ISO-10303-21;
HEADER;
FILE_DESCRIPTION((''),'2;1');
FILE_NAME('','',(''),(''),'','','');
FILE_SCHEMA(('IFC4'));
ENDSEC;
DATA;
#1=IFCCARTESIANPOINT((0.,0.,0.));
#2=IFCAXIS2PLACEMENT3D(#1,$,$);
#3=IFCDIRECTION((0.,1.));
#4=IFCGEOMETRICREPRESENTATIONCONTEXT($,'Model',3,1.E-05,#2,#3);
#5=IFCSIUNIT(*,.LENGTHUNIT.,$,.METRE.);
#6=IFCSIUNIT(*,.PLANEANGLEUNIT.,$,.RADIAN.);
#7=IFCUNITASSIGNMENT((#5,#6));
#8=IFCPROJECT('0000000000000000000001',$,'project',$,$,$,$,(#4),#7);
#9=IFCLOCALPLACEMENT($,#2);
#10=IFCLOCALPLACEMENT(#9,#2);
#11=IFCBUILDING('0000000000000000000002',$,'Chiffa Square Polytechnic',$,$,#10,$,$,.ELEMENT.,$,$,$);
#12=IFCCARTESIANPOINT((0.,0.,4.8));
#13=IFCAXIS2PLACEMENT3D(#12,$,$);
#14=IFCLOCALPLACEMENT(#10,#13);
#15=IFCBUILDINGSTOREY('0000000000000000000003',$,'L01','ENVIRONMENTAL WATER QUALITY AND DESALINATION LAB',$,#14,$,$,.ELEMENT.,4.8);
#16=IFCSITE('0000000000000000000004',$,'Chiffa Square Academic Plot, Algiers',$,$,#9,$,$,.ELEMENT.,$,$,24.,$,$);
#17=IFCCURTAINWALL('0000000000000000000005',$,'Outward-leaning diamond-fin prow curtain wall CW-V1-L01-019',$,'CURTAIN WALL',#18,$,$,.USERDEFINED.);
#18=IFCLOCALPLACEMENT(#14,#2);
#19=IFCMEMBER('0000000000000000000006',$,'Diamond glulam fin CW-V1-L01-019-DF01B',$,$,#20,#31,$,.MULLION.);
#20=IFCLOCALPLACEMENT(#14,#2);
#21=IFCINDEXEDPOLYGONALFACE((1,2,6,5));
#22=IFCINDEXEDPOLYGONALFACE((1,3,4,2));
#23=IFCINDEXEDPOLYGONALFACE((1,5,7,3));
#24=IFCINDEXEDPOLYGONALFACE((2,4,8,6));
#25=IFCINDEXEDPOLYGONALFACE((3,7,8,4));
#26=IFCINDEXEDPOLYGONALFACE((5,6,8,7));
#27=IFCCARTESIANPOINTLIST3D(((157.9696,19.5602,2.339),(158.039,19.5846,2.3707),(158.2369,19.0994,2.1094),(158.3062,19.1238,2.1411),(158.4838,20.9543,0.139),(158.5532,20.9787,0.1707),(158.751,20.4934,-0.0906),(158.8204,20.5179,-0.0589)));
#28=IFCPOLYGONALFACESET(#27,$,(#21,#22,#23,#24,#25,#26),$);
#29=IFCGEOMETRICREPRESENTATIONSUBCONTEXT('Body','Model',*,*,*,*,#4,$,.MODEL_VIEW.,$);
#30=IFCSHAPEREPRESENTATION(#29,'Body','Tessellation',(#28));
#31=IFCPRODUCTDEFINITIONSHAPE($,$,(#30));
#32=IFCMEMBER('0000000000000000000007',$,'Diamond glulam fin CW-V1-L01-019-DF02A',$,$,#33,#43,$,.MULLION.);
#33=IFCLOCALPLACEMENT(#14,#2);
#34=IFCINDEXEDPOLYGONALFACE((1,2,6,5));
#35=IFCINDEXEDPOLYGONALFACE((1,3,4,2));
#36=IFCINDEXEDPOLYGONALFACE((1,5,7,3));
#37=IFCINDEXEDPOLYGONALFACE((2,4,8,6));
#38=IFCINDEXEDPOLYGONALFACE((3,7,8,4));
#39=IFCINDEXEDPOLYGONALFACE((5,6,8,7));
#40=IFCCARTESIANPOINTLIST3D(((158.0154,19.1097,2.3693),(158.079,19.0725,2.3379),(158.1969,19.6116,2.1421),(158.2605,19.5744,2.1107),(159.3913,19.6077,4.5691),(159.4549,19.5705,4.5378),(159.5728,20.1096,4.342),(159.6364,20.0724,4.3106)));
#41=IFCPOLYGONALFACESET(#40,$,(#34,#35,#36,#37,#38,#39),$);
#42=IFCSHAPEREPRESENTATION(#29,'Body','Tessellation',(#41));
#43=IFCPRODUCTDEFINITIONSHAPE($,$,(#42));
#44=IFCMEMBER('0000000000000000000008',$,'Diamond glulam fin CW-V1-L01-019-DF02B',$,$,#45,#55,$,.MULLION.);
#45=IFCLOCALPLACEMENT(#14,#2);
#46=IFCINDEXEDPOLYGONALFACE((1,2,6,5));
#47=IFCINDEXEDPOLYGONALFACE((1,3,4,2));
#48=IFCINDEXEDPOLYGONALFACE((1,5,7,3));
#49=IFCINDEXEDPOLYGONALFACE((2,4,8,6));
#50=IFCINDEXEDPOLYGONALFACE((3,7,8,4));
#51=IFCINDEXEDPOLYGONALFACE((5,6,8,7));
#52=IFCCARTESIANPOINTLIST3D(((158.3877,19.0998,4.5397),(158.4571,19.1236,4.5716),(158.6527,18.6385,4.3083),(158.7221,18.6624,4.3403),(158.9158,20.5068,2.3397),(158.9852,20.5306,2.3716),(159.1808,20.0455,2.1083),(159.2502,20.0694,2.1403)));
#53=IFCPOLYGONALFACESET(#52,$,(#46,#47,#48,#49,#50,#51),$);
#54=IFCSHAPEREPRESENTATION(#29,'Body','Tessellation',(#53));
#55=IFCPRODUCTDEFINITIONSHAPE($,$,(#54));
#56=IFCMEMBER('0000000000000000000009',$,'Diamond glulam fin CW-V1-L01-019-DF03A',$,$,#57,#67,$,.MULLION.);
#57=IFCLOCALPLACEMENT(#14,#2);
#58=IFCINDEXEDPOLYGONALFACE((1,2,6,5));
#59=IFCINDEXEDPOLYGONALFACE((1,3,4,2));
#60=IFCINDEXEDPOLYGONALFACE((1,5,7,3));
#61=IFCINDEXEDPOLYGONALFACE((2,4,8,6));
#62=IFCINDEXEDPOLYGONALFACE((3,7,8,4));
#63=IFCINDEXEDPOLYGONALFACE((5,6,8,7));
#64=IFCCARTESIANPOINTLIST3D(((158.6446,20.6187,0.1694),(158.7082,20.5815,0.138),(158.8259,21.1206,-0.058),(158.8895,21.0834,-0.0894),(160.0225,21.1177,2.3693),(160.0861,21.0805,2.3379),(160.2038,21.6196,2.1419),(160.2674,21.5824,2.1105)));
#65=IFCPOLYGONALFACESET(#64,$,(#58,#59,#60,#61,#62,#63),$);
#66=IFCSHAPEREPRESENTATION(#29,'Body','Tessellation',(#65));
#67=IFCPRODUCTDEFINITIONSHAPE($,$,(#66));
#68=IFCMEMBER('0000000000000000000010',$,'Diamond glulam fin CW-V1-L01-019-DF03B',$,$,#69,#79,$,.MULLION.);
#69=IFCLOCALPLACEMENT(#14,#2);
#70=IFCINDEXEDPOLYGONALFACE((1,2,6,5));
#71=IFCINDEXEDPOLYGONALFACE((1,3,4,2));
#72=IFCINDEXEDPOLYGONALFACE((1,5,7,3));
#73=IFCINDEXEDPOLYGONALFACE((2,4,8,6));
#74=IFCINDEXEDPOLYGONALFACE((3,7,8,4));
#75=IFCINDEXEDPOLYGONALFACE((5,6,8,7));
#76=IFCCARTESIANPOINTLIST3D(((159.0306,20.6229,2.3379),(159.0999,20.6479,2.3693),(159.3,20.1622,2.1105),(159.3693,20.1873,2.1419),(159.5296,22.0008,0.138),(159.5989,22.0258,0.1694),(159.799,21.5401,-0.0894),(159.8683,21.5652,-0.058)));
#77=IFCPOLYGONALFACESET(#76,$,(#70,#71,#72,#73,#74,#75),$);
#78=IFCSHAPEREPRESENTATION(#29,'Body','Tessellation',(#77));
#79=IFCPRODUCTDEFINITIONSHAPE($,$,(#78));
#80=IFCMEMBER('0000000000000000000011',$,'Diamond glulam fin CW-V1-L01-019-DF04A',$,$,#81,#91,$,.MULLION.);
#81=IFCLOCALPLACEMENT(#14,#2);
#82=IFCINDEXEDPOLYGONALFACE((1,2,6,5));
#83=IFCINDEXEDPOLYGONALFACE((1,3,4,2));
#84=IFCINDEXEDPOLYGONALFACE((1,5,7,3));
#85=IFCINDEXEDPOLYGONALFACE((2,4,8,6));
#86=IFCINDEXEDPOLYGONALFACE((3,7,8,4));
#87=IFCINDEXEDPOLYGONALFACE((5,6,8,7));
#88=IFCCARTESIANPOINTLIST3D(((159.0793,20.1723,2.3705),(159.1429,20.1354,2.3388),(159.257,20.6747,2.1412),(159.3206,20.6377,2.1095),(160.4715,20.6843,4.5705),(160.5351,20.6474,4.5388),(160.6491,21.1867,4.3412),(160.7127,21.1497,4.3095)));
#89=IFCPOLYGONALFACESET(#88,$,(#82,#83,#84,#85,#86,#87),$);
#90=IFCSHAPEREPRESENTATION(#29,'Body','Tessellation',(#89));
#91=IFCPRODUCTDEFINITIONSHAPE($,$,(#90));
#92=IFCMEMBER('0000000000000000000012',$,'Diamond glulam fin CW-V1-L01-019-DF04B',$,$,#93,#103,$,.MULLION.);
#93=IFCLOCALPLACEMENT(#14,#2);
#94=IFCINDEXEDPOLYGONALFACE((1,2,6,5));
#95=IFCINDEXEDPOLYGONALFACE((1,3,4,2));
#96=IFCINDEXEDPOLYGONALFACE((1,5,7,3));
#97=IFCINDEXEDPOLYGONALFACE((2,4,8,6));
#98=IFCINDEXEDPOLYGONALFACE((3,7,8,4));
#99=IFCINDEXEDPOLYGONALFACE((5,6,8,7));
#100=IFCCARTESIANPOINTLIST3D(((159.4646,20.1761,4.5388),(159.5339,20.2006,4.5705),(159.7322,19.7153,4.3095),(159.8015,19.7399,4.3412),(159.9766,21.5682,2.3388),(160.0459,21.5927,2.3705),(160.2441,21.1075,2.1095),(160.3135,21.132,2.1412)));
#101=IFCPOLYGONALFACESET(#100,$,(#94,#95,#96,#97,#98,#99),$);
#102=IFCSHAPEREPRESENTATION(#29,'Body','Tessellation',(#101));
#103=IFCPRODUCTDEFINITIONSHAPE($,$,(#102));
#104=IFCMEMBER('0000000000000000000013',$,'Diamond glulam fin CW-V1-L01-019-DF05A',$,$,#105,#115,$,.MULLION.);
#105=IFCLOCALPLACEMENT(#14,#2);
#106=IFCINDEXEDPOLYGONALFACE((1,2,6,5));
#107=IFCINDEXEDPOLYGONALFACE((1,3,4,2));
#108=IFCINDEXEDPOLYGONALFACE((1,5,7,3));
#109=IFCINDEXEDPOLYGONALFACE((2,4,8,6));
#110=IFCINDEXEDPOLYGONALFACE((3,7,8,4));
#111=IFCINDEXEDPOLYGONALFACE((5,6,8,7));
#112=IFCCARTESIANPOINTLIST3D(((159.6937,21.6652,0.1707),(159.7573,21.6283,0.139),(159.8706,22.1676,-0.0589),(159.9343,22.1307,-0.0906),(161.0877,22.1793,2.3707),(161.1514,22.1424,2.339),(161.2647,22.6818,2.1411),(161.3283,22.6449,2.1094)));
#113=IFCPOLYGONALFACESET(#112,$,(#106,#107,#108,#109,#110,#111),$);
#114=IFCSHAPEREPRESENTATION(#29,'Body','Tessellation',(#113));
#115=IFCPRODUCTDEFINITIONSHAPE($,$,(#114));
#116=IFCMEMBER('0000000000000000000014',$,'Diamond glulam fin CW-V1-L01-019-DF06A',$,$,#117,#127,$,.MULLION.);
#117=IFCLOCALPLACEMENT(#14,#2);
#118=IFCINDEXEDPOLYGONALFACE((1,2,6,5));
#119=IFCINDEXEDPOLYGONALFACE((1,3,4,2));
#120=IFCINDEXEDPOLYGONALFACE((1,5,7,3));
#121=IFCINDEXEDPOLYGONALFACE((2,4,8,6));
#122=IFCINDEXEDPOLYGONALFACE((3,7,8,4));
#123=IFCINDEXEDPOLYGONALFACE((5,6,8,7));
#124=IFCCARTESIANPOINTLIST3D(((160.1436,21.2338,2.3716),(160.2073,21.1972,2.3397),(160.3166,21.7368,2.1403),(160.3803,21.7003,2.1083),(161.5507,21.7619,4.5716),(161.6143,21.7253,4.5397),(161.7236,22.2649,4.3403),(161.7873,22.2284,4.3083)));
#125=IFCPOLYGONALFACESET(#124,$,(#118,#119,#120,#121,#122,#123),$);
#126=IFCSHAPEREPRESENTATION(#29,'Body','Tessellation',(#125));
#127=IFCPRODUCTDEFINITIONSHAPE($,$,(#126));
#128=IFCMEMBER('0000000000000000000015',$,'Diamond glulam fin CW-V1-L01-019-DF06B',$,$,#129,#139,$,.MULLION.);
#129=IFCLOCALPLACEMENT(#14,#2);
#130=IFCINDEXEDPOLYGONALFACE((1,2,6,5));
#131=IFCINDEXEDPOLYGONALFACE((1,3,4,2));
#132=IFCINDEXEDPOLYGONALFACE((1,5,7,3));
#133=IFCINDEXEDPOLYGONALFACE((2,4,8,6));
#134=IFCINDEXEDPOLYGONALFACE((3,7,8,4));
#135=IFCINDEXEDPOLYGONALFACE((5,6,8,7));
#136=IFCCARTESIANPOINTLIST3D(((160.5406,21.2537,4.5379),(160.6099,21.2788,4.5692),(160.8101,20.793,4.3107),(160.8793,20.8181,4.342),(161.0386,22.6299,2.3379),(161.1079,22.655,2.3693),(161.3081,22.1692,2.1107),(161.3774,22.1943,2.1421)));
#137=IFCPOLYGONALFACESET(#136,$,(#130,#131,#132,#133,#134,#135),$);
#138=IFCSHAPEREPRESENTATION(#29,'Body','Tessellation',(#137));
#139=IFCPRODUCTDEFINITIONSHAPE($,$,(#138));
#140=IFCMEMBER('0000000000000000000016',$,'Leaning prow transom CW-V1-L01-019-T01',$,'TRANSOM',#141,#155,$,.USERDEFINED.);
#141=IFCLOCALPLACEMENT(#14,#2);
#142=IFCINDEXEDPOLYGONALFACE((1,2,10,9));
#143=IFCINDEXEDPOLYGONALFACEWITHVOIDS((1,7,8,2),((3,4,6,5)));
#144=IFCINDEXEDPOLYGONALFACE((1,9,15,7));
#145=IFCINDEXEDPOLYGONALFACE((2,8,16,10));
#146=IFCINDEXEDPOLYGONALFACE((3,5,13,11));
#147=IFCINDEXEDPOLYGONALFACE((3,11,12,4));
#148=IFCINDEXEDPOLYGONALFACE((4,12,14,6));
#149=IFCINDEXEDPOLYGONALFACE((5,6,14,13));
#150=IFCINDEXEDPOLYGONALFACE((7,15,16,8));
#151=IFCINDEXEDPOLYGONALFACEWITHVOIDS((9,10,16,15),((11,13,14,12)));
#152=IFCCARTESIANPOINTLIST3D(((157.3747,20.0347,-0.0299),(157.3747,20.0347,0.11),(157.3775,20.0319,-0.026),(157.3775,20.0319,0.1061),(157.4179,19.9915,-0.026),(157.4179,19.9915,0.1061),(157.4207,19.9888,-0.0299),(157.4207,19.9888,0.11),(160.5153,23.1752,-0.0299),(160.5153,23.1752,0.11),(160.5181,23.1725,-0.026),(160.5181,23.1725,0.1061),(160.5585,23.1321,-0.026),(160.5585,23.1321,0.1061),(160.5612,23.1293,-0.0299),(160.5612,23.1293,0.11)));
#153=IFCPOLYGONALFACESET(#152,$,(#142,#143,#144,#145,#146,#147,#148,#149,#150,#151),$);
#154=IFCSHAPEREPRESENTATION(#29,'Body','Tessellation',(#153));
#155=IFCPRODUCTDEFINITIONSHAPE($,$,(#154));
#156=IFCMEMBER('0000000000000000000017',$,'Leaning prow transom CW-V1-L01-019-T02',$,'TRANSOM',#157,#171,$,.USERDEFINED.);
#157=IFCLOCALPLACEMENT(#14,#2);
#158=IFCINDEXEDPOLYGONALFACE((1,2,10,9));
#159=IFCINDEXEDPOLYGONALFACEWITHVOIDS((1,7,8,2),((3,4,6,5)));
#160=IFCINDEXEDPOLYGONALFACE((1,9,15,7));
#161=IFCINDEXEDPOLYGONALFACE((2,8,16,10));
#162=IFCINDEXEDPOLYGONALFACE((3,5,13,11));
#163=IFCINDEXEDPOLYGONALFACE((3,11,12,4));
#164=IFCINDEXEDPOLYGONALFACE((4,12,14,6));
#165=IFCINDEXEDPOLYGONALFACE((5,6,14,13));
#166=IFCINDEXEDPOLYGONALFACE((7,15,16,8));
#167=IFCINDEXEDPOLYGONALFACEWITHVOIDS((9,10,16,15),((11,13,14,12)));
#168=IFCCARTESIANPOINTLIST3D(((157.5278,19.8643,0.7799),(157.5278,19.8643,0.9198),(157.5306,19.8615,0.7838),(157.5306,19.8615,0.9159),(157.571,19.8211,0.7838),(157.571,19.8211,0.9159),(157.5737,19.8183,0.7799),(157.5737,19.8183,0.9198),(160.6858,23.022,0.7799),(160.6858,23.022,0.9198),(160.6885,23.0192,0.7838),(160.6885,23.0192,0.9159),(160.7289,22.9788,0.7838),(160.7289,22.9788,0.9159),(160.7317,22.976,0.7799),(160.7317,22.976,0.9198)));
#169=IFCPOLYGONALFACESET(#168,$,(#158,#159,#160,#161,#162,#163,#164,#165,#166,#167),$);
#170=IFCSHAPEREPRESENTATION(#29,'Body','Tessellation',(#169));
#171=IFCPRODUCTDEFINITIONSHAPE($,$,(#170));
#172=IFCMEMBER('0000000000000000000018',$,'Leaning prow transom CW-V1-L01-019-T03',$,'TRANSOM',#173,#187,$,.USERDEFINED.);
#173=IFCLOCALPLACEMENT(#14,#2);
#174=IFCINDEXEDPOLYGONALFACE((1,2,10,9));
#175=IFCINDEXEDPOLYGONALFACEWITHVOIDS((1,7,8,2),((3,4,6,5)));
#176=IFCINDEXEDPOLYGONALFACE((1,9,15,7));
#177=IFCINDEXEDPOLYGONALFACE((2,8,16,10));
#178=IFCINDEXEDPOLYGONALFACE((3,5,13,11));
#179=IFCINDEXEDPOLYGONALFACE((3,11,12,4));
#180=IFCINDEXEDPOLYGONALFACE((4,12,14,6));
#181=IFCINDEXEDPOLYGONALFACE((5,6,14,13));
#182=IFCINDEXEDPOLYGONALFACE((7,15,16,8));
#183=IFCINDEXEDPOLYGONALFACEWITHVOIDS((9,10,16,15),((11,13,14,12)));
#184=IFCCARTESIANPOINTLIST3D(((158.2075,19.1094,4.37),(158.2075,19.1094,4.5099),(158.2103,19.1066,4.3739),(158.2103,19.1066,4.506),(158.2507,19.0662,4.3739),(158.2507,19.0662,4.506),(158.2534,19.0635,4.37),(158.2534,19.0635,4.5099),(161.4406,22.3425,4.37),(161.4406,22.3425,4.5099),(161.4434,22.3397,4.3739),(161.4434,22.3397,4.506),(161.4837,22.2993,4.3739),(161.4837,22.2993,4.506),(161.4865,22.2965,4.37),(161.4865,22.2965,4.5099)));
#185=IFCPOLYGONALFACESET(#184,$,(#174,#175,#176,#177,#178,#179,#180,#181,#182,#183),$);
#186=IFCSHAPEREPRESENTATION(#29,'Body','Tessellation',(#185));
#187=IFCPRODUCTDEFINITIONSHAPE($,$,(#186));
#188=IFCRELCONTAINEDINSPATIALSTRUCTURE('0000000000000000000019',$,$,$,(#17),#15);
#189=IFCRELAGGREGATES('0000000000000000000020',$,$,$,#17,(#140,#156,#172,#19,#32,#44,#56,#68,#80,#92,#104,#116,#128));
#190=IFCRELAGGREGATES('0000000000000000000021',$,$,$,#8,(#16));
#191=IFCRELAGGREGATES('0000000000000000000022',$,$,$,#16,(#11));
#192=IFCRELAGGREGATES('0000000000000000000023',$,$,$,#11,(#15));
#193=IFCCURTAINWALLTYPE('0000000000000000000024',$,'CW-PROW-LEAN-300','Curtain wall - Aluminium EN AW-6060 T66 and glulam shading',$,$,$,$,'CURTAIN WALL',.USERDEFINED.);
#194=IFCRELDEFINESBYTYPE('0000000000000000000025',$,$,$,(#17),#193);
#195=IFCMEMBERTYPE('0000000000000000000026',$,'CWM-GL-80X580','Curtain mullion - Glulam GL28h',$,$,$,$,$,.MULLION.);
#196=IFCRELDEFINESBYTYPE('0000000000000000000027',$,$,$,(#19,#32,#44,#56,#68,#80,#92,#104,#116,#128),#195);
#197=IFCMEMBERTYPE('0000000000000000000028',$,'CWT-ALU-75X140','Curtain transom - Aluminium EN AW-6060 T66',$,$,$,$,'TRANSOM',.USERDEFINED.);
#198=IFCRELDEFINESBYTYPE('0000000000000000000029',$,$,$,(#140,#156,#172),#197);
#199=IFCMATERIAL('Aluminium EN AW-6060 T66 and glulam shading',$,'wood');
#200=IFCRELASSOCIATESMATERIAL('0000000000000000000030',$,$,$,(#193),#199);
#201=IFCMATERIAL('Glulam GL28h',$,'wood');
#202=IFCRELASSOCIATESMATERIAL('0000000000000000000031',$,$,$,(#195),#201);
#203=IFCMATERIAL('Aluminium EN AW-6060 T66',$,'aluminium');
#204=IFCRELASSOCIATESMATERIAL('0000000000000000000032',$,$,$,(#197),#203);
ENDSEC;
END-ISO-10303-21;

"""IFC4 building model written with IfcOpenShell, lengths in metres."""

from ifc_helpers import new_model, si_unit, direction, frame, origin, origin_2d, place, context, subcontext, project, spatial, rectangle, hollow_rectangle, extrude, material, material_profile, profile_set, type_object, element, aggregate, save


model = new_model("IFC4")

# Units and contexts
model_context = context("Model", 3, precision=1e-05, world=origin(), true_north=direction((0.0, 1.0)))
body_context = subcontext(model_context, "Body", "Model", "MODEL_VIEW")
ifc_project = project(units=[si_unit("LENGTHUNIT", "METRE"), si_unit("PLANEANGLEUNIT", "RADIAN")], contexts=[model_context])

# Site, building, storey
site_placement = place(None, origin())
site = spatial("IfcSite", under=ifc_project, at=site_placement, Name="Chiffa Square Academic Plot, Algiers", CompositionType="ELEMENT", RefElevation=24.0)
building_placement = place(site_placement, origin())
building = spatial("IfcBuilding", under=site, at=building_placement, Name="Chiffa Square Polytechnic", CompositionType="ELEMENT")
storey_placement = place(building_placement, frame((0.0, 0.0, 4.8)))
storey = spatial("IfcBuildingStorey", under=building, at=storey_placement, Name="L01", Description="ENVIRONMENTAL WATER QUALITY AND DESALINATION LAB", CompositionType="ELEMENT", Elevation=4.8)

# Curtain wall, members
ifc_material_1 = material(Name="Aluminium EN AW-6060 T66 and glulam shading", Category="wood")
curtain_wall_type = type_object("IfcCurtainWallType", Name="CW-PROW-LEAN-300", Description="Curtain wall - Aluminium EN AW-6060 T66 and glulam shading", ElementType="CURTAIN WALL", PredefinedType="USERDEFINED", material=ifc_material_1)
curtain_wall_placement = place(storey_placement, origin())
curtain_wall = element("IfcCurtainWall", 1, at=curtain_wall_placement, inside=storey, type_object=curtain_wall_type, Name="Outward-leaning diamond-fin prow curtain wall CW-V1-L01-019", ObjectType="CURTAIN WALL", PredefinedType="USERDEFINED")
ifc_material_2 = material(Name="Aluminium EN AW-6060 T66", Category="aluminium")
ifc_material_3 = material(Name="Glulam GL28h", Category="wood")
ifc_material_profile_1 = material_profile(ifc_material_3, rectangle(XDim=0.0801, YDim=0.5801, at=origin_2d()), Name="GL28h 80x580")
ifc_profile_set_1 = profile_set([ifc_material_profile_1], Name="Glulam GL28h")
member_type_1 = type_object("IfcMemberType", Name="CWM-GL-80X580", Description="Curtain mullion - Glulam GL28h", PredefinedType="MULLION", material=ifc_profile_set_1)
member_1_placement = place(storey_placement, frame((158.6521, 20.7361, 0.04), z_axis=(-0.193678, -0.52512, 0.828696), x_axis=(0.866193, 0.305087, 0.395767)))
member_1 = element("IfcMember", 2, at=member_1_placement, type_object=member_type_1, Name="Diamond glulam fin CW-V1-L01-019-DF01B", PredefinedType="MULLION", context=body_context, shape_type="SweptSolid", body=[
    extrude(rectangle(XDim=0.0801, YDim=0.5801, at=origin_2d()), origin(), (0.0, 0.0, 1.0), 2.6548),
])
member_2_placement = place(storey_placement, frame((158.1379, 19.342, 2.24), z_axis=(0.520772, 0.188498, 0.832625), x_axis=(-0.794269, 0.464509, 0.391622)))
member_2 = element("IfcMember", 3, at=member_2_placement, type_object=member_type_1, Name="Diamond glulam fin CW-V1-L01-019-DF02A", PredefinedType="MULLION", context=body_context, shape_type="SweptSolid", body=[
    extrude(rectangle(XDim=0.0801, YDim=0.5801, at=origin_2d()), origin(), (0.0, 0.0, 1.0), 2.6421),
])
member_3_placement = place(storey_placement, frame((159.083, 20.2881, 2.24), z_axis=(-0.198208, -0.528096, 0.825729), x_axis=(0.867183, 0.298173, 0.398856)))
member_3 = element("IfcMember", 4, at=member_3_placement, type_object=member_type_1, Name="Diamond glulam fin CW-V1-L01-019-DF02B", PredefinedType="MULLION", context=body_context, shape_type="SweptSolid", body=[
    extrude(rectangle(XDim=0.0801, YDim=0.5801, at=origin_2d()), origin(), (0.0, 0.0, 1.0), 2.6643),
])
member_4_placement = place(storey_placement, frame((158.7671, 20.8511, 0.04), z_axis=(0.521274, 0.188782, 0.832247), x_axis=(-0.794098, 0.464463, 0.392024)))
member_4 = element("IfcMember", 5, at=member_4_placement, type_object=member_type_1, Name="Diamond glulam fin CW-V1-L01-019-DF03A", PredefinedType="MULLION", context=body_context, shape_type="SweptSolid", body=[
    extrude(rectangle(XDim=0.0801, YDim=0.5801, at=origin_2d()), origin(), (0.0, 0.0, 1.0), 2.6433),
])
member_5_placement = place(storey_placement, frame((159.699, 21.783, 0.04), z_axis=(-0.188782, -0.521274, 0.832247), x_axis=(0.865237, 0.312541, 0.392024)))
member_5 = element("IfcMember", 6, at=member_5_placement, type_object=member_type_1, Name="Diamond glulam fin CW-V1-L01-019-DF03B", PredefinedType="MULLION", context=body_context, shape_type="SweptSolid", body=[
    extrude(rectangle(XDim=0.0801, YDim=0.5801, at=origin_2d()), origin(), (0.0, 0.0, 1.0), 2.6433),
])
member_6_placement = place(storey_placement, frame((159.2, 20.405, 2.24), z_axis=(0.524671, 0.192956, 0.829149), x_axis=(-0.794332, 0.461281, 0.395292)))
member_6 = element("IfcMember", 7, at=member_6_placement, type_object=member_type_1, Name="Diamond glulam fin CW-V1-L01-019-DF04A", PredefinedType="MULLION", context=body_context, shape_type="SweptSolid", body=[
    extrude(rectangle(XDim=0.0801, YDim=0.5801, at=origin_2d()), origin(), (0.0, 0.0, 1.0), 2.6533),
])
member_7_placement = place(storey_placement, frame((160.145, 21.3501, 2.24), z_axis=(-0.192956, -0.524671, 0.829149), x_axis=(0.866018, 0.306197, 0.395292)))
member_7 = element("IfcMember", 8, at=member_7_placement, type_object=member_type_1, Name="Diamond glulam fin CW-V1-L01-019-DF04B", PredefinedType="MULLION", context=body_context, shape_type="SweptSolid", body=[
    extrude(rectangle(XDim=0.0801, YDim=0.5801, at=origin_2d()), origin(), (0.0, 0.0, 1.0), 2.6533),
])
member_8_placement = place(storey_placement, frame((159.814, 21.8979, 0.04), z_axis=(0.52512, 0.193678, 0.828696), x_axis=(-0.794462, 0.46065, 0.395767)))
member_8 = element("IfcMember", 9, at=member_8_placement, type_object=member_type_1, Name="Diamond glulam fin CW-V1-L01-019-DF05A", PredefinedType="MULLION", context=body_context, shape_type="SweptSolid", body=[
    extrude(rectangle(XDim=0.0801, YDim=0.5801, at=origin_2d()), origin(), (0.0, 0.0, 1.0), 2.6548),
])
member_9_placement = place(storey_placement, frame((160.262, 21.467, 2.24), z_axis=(0.528096, 0.198208, 0.825729), x_axis=(-0.795114, 0.456845, 0.398856)))
member_9 = element("IfcMember", 10, at=member_9_placement, type_object=member_type_1, Name="Diamond glulam fin CW-V1-L01-019-DF06A", PredefinedType="MULLION", context=body_context, shape_type="SweptSolid", body=[
    extrude(rectangle(XDim=0.0801, YDim=0.5801, at=origin_2d()), origin(), (0.0, 0.0, 1.0), 2.6643),
])
member_10_placement = place(storey_placement, frame((161.208, 22.4121, 2.24), z_axis=(-0.188489, -0.520839, 0.832585), x_axis=(0.865247, 0.312965, 0.391664)))
member_10 = element("IfcMember", 11, at=member_10_placement, type_object=member_type_1, Name="Diamond glulam fin CW-V1-L01-019-DF06B", PredefinedType="MULLION", context=body_context, shape_type="SweptSolid", body=[
    extrude(rectangle(XDim=0.0801, YDim=0.5801, at=origin_2d()), origin(), (0.0, 0.0, 1.0), 2.6423),
])
ifc_material_profile_2 = material_profile(ifc_material_2, hollow_rectangle(XDim=0.0649, YDim=0.1399, WallThickness=0.0039, at=origin_2d()), Name="ALU 65x140x4")
ifc_profile_set_2 = profile_set([ifc_material_profile_2], Name="Aluminium EN AW-6060 T66")
member_type_2 = type_object("IfcMemberType", Name="CWT-ALU-75X140", Description="Curtain transom - Aluminium EN AW-6060 T66", ElementType="TRANSOM", PredefinedType="USERDEFINED", material=ifc_profile_set_2)
member_11_placement = place(storey_placement, frame((157.3977, 20.0117, 0.04), z_axis=(0.707107, 0.707107, 0.0), x_axis=(-0.707107, 0.707107, 0.0)))
member_11 = element("IfcMember", 12, at=member_11_placement, type_object=member_type_2, Name="Leaning prow transom CW-V1-L01-019-T01", ObjectType="TRANSOM", PredefinedType="USERDEFINED", context=body_context, shape_type="SweptSolid", body=[
    extrude(hollow_rectangle(XDim=0.0649, YDim=0.1399, WallThickness=0.0039, at=origin_2d()), origin(), (0.0, 0.0, 1.0), 4.4414),
])
member_12_placement = place(storey_placement, frame((157.5508, 19.8413, 0.8499), z_axis=(0.707134, 0.707079, 0.0), x_axis=(-0.707079, 0.707134, 0.0)))
member_12 = element("IfcMember", 13, at=member_12_placement, type_object=member_type_2, Name="Leaning prow transom CW-V1-L01-019-T02", ObjectType="TRANSOM", PredefinedType="USERDEFINED", context=body_context, shape_type="SweptSolid", body=[
    extrude(hollow_rectangle(XDim=0.0649, YDim=0.1399, WallThickness=0.0039, at=origin_2d()), origin(), (0.0, 0.0, 1.0), 4.4658),
])
member_13_placement = place(storey_placement, frame((158.2305, 19.0864, 4.4399), z_axis=(0.707107, 0.707107, 0.0), x_axis=(-0.707107, 0.707107, 0.0)))
member_13 = element("IfcMember", 14, at=member_13_placement, type_object=member_type_2, Name="Leaning prow transom CW-V1-L01-019-T03", ObjectType="TRANSOM", PredefinedType="USERDEFINED", context=body_context, shape_type="SweptSolid", body=[
    extrude(hollow_rectangle(XDim=0.0649, YDim=0.1399, WallThickness=0.0039, at=origin_2d()), origin(), (0.0, 0.0, 1.0), 4.5723),
])
aggregate(curtain_wall, [member_11, member_12, member_13, member_1, member_2, member_3, member_4, member_5, member_6, member_7, member_8, member_9, member_10])

save(model, "model.ifc")
